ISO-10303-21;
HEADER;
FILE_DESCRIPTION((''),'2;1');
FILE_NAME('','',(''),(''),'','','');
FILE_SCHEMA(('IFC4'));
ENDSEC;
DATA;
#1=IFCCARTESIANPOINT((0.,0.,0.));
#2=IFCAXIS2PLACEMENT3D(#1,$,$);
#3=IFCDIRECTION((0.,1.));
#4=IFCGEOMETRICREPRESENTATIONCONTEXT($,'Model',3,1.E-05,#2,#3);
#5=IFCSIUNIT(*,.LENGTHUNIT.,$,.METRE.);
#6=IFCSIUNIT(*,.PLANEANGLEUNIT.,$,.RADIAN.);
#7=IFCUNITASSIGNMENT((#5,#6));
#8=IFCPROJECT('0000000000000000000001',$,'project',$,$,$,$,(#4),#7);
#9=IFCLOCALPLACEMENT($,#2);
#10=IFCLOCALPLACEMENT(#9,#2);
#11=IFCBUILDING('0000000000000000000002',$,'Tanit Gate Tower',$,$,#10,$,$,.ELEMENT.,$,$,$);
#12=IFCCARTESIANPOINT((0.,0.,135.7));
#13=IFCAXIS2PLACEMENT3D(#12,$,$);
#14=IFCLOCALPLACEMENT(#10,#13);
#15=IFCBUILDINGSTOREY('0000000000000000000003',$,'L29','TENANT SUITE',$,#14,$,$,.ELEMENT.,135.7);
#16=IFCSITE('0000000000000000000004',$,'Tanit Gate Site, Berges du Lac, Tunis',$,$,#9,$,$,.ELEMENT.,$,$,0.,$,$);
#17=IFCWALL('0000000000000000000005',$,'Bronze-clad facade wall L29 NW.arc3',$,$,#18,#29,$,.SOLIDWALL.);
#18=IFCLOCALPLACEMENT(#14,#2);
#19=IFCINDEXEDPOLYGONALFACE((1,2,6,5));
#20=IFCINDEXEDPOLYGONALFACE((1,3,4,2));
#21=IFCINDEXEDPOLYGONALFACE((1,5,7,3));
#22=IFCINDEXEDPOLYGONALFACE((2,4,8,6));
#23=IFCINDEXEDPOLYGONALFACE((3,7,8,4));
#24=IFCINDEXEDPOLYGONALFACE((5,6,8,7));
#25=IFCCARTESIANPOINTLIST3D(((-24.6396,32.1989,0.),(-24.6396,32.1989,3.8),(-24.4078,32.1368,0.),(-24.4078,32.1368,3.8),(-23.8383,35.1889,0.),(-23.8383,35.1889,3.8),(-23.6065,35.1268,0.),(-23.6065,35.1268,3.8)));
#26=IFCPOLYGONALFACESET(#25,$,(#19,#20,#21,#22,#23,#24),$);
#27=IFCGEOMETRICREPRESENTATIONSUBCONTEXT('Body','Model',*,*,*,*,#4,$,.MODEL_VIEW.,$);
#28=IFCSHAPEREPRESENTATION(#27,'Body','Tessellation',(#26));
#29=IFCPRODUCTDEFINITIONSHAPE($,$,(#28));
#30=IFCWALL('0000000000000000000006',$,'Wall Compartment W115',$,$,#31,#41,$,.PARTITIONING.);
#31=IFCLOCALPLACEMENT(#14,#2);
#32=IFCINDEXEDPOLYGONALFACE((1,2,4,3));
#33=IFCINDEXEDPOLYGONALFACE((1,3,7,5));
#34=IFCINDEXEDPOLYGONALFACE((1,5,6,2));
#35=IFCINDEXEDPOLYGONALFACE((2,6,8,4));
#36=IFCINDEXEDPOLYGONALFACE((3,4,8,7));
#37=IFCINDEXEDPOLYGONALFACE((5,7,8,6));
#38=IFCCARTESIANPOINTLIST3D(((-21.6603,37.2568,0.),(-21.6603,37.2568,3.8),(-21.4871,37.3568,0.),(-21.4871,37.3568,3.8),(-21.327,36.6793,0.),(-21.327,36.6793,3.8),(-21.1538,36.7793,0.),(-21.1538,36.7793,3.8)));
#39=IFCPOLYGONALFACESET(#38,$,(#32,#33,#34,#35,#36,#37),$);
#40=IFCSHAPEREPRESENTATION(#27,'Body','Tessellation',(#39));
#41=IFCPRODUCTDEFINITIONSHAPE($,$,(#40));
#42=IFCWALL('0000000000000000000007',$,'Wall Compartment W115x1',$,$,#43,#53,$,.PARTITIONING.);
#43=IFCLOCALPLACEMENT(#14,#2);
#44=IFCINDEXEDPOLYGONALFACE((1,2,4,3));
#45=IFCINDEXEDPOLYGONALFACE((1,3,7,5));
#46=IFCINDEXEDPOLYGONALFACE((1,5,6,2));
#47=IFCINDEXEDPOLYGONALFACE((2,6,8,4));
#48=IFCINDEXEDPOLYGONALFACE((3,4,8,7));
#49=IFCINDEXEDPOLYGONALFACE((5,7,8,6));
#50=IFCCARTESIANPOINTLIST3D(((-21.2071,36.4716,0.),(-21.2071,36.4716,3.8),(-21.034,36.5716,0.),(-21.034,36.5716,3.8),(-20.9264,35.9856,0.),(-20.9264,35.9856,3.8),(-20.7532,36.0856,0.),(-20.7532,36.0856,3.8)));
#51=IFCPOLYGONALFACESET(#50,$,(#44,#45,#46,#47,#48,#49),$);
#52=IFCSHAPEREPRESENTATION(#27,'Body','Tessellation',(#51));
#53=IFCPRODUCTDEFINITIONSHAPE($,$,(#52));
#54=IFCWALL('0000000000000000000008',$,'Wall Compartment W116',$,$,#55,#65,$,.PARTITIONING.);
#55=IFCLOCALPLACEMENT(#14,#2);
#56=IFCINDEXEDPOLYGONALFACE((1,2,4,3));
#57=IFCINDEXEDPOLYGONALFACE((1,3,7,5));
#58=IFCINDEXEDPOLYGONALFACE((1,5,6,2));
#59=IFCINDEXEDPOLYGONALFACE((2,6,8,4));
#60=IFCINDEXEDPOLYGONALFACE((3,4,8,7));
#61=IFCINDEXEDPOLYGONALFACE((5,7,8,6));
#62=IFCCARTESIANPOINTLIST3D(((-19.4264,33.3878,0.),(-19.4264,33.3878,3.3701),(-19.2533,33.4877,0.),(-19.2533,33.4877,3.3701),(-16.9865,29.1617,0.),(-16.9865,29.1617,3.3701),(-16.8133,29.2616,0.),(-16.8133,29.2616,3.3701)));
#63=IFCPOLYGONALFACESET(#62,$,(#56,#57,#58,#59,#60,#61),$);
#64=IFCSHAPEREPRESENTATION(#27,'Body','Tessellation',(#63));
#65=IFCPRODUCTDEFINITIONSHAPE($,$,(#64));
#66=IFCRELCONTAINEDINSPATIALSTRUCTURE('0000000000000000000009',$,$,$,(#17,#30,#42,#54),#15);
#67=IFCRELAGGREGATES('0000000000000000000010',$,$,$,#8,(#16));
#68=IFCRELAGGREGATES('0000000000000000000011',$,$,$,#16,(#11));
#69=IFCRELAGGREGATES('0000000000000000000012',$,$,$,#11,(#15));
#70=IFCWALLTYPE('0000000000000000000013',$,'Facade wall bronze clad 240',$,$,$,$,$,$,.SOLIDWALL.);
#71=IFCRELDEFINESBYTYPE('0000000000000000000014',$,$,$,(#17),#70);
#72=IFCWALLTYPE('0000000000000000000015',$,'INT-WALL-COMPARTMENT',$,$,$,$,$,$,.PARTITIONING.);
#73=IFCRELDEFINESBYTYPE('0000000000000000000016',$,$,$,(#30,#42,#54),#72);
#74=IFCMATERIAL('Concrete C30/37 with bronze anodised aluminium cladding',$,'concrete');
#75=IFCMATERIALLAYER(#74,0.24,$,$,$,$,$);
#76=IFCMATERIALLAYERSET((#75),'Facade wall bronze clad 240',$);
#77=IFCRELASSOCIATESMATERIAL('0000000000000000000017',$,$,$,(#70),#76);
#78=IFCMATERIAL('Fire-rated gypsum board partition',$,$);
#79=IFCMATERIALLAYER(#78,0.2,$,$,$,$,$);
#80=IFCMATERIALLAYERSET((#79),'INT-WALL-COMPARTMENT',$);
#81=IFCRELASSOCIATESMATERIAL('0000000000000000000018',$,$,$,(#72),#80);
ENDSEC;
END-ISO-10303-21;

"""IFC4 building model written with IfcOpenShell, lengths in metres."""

from ifc_helpers import new_model, si_unit, direction, frame, frame_2d, origin, place, context, subcontext, project, spatial, rectangle, extrude, material, layer, layer_set, type_object, element, save


model = new_model("IFC4")

# Units and contexts
model_context = context("Model", 3, precision=1e-05, world=origin(), true_north=direction((0.0, 1.0)))
body_context = subcontext(model_context, "Body", "Model", "MODEL_VIEW")
ifc_project = project(units=[si_unit("LENGTHUNIT", "METRE"), si_unit("PLANEANGLEUNIT", "RADIAN")], contexts=[model_context])

# Site, building, storey
site_placement = place(None, origin())
site = spatial("IfcSite", under=ifc_project, at=site_placement, Name="Tanit Gate Site, Berges du Lac, Tunis", CompositionType="ELEMENT", RefElevation=0.0)
building_placement = place(site_placement, origin())
building = spatial("IfcBuilding", under=site, at=building_placement, Name="Tanit Gate Tower", CompositionType="ELEMENT")
storey_placement = place(building_placement, frame((0.0, 0.0, 135.7)))
storey = spatial("IfcBuildingStorey", under=building, at=storey_placement, Name="L29", Description="TENANT SUITE", CompositionType="ELEMENT", Elevation=135.7)

# Walls
ifc_material_1 = material(Name="Concrete C30/37 with bronze anodised aluminium cladding", Category="concrete")
ifc_layer_1 = layer(ifc_material_1, 0.24)
ifc_layer_set_1 = layer_set([ifc_layer_1], Name="Facade wall bronze clad 240")
wall_type_1 = type_object("IfcWallType", Name="Facade wall bronze clad 240", PredefinedType="SOLIDWALL", material=ifc_layer_set_1)
wall_1_placement = place(storey_placement, frame((-23.7224, 35.158, 0.0), z_axis=(0.0, 0.0, 1.0), x_axis=(-0.25885, -0.965917, 0.0)))
element("IfcWall", 1, at=wall_1_placement, inside=storey, type_object=wall_type_1, Name="Bronze-clad facade wall L29 NW.arc3", PredefinedType="SOLIDWALL", context=body_context, shape_type="SweptSolid", body=[
    extrude(rectangle(XDim=3.0955, YDim=0.24, at=frame_2d((1.5479, 0.0))), origin(), (0.0, 0.0, 1.0), 3.8),
])
ifc_material_2 = material(Name="Fire-rated gypsum board partition")
ifc_layer_2 = layer(ifc_material_2, 0.2)
ifc_layer_set_2 = layer_set([ifc_layer_2], Name="INT-WALL-COMPARTMENT")
wall_type_2 = type_object("IfcWallType", Name="INT-WALL-COMPARTMENT", PredefinedType="PARTITIONING", material=ifc_layer_set_2)
wall_2_placement = place(storey_placement, frame((-21.5737, 37.3069, 0.0), z_axis=(0.0, 0.0, 1.0), x_axis=(0.499881, -0.866094, 0.0)))
element("IfcWall", 2, at=wall_2_placement, inside=storey, type_object=wall_type_2, Name="Wall Compartment W115", PredefinedType="PARTITIONING", context=body_context, shape_type="SweptSolid", body=[
    extrude(rectangle(XDim=0.6667, YDim=0.2, at=frame_2d((0.3335, 0.0))), origin(), (0.0, 0.0, 1.0), 3.8),
])
wall_3_placement = place(storey_placement, frame((-21.1206, 36.5217, 0.0), z_axis=(0.0, 0.0, 1.0), x_axis=(0.500162, -0.865932, 0.0)))
element("IfcWall", 3, at=wall_3_placement, inside=storey, type_object=wall_type_2, Name="Wall Compartment W115x1", PredefinedType="PARTITIONING", context=body_context, shape_type="SweptSolid", body=[
    extrude(rectangle(XDim=0.5613, YDim=0.2, at=frame_2d((0.2808, 0.0))), origin(), (0.0, 0.0, 1.0), 3.8),
])
wall_4_placement = place(storey_placement, frame((-19.3398, 33.4377, 0.0), z_axis=(0.0, 0.0, 1.0), x_axis=(0.500003, -0.866024, 0.0)))
element("IfcWall", 4, at=wall_4_placement, inside=storey, type_object=wall_type_2, Name="Wall Compartment W116", PredefinedType="PARTITIONING", context=body_context, shape_type="SweptSolid", body=[
    extrude(rectangle(XDim=4.8799, YDim=0.2, at=frame_2d((2.4399, 0.0))), origin(), (0.0, 0.0, 1.0), 3.3701),
])

save(model, "model.ifc")
